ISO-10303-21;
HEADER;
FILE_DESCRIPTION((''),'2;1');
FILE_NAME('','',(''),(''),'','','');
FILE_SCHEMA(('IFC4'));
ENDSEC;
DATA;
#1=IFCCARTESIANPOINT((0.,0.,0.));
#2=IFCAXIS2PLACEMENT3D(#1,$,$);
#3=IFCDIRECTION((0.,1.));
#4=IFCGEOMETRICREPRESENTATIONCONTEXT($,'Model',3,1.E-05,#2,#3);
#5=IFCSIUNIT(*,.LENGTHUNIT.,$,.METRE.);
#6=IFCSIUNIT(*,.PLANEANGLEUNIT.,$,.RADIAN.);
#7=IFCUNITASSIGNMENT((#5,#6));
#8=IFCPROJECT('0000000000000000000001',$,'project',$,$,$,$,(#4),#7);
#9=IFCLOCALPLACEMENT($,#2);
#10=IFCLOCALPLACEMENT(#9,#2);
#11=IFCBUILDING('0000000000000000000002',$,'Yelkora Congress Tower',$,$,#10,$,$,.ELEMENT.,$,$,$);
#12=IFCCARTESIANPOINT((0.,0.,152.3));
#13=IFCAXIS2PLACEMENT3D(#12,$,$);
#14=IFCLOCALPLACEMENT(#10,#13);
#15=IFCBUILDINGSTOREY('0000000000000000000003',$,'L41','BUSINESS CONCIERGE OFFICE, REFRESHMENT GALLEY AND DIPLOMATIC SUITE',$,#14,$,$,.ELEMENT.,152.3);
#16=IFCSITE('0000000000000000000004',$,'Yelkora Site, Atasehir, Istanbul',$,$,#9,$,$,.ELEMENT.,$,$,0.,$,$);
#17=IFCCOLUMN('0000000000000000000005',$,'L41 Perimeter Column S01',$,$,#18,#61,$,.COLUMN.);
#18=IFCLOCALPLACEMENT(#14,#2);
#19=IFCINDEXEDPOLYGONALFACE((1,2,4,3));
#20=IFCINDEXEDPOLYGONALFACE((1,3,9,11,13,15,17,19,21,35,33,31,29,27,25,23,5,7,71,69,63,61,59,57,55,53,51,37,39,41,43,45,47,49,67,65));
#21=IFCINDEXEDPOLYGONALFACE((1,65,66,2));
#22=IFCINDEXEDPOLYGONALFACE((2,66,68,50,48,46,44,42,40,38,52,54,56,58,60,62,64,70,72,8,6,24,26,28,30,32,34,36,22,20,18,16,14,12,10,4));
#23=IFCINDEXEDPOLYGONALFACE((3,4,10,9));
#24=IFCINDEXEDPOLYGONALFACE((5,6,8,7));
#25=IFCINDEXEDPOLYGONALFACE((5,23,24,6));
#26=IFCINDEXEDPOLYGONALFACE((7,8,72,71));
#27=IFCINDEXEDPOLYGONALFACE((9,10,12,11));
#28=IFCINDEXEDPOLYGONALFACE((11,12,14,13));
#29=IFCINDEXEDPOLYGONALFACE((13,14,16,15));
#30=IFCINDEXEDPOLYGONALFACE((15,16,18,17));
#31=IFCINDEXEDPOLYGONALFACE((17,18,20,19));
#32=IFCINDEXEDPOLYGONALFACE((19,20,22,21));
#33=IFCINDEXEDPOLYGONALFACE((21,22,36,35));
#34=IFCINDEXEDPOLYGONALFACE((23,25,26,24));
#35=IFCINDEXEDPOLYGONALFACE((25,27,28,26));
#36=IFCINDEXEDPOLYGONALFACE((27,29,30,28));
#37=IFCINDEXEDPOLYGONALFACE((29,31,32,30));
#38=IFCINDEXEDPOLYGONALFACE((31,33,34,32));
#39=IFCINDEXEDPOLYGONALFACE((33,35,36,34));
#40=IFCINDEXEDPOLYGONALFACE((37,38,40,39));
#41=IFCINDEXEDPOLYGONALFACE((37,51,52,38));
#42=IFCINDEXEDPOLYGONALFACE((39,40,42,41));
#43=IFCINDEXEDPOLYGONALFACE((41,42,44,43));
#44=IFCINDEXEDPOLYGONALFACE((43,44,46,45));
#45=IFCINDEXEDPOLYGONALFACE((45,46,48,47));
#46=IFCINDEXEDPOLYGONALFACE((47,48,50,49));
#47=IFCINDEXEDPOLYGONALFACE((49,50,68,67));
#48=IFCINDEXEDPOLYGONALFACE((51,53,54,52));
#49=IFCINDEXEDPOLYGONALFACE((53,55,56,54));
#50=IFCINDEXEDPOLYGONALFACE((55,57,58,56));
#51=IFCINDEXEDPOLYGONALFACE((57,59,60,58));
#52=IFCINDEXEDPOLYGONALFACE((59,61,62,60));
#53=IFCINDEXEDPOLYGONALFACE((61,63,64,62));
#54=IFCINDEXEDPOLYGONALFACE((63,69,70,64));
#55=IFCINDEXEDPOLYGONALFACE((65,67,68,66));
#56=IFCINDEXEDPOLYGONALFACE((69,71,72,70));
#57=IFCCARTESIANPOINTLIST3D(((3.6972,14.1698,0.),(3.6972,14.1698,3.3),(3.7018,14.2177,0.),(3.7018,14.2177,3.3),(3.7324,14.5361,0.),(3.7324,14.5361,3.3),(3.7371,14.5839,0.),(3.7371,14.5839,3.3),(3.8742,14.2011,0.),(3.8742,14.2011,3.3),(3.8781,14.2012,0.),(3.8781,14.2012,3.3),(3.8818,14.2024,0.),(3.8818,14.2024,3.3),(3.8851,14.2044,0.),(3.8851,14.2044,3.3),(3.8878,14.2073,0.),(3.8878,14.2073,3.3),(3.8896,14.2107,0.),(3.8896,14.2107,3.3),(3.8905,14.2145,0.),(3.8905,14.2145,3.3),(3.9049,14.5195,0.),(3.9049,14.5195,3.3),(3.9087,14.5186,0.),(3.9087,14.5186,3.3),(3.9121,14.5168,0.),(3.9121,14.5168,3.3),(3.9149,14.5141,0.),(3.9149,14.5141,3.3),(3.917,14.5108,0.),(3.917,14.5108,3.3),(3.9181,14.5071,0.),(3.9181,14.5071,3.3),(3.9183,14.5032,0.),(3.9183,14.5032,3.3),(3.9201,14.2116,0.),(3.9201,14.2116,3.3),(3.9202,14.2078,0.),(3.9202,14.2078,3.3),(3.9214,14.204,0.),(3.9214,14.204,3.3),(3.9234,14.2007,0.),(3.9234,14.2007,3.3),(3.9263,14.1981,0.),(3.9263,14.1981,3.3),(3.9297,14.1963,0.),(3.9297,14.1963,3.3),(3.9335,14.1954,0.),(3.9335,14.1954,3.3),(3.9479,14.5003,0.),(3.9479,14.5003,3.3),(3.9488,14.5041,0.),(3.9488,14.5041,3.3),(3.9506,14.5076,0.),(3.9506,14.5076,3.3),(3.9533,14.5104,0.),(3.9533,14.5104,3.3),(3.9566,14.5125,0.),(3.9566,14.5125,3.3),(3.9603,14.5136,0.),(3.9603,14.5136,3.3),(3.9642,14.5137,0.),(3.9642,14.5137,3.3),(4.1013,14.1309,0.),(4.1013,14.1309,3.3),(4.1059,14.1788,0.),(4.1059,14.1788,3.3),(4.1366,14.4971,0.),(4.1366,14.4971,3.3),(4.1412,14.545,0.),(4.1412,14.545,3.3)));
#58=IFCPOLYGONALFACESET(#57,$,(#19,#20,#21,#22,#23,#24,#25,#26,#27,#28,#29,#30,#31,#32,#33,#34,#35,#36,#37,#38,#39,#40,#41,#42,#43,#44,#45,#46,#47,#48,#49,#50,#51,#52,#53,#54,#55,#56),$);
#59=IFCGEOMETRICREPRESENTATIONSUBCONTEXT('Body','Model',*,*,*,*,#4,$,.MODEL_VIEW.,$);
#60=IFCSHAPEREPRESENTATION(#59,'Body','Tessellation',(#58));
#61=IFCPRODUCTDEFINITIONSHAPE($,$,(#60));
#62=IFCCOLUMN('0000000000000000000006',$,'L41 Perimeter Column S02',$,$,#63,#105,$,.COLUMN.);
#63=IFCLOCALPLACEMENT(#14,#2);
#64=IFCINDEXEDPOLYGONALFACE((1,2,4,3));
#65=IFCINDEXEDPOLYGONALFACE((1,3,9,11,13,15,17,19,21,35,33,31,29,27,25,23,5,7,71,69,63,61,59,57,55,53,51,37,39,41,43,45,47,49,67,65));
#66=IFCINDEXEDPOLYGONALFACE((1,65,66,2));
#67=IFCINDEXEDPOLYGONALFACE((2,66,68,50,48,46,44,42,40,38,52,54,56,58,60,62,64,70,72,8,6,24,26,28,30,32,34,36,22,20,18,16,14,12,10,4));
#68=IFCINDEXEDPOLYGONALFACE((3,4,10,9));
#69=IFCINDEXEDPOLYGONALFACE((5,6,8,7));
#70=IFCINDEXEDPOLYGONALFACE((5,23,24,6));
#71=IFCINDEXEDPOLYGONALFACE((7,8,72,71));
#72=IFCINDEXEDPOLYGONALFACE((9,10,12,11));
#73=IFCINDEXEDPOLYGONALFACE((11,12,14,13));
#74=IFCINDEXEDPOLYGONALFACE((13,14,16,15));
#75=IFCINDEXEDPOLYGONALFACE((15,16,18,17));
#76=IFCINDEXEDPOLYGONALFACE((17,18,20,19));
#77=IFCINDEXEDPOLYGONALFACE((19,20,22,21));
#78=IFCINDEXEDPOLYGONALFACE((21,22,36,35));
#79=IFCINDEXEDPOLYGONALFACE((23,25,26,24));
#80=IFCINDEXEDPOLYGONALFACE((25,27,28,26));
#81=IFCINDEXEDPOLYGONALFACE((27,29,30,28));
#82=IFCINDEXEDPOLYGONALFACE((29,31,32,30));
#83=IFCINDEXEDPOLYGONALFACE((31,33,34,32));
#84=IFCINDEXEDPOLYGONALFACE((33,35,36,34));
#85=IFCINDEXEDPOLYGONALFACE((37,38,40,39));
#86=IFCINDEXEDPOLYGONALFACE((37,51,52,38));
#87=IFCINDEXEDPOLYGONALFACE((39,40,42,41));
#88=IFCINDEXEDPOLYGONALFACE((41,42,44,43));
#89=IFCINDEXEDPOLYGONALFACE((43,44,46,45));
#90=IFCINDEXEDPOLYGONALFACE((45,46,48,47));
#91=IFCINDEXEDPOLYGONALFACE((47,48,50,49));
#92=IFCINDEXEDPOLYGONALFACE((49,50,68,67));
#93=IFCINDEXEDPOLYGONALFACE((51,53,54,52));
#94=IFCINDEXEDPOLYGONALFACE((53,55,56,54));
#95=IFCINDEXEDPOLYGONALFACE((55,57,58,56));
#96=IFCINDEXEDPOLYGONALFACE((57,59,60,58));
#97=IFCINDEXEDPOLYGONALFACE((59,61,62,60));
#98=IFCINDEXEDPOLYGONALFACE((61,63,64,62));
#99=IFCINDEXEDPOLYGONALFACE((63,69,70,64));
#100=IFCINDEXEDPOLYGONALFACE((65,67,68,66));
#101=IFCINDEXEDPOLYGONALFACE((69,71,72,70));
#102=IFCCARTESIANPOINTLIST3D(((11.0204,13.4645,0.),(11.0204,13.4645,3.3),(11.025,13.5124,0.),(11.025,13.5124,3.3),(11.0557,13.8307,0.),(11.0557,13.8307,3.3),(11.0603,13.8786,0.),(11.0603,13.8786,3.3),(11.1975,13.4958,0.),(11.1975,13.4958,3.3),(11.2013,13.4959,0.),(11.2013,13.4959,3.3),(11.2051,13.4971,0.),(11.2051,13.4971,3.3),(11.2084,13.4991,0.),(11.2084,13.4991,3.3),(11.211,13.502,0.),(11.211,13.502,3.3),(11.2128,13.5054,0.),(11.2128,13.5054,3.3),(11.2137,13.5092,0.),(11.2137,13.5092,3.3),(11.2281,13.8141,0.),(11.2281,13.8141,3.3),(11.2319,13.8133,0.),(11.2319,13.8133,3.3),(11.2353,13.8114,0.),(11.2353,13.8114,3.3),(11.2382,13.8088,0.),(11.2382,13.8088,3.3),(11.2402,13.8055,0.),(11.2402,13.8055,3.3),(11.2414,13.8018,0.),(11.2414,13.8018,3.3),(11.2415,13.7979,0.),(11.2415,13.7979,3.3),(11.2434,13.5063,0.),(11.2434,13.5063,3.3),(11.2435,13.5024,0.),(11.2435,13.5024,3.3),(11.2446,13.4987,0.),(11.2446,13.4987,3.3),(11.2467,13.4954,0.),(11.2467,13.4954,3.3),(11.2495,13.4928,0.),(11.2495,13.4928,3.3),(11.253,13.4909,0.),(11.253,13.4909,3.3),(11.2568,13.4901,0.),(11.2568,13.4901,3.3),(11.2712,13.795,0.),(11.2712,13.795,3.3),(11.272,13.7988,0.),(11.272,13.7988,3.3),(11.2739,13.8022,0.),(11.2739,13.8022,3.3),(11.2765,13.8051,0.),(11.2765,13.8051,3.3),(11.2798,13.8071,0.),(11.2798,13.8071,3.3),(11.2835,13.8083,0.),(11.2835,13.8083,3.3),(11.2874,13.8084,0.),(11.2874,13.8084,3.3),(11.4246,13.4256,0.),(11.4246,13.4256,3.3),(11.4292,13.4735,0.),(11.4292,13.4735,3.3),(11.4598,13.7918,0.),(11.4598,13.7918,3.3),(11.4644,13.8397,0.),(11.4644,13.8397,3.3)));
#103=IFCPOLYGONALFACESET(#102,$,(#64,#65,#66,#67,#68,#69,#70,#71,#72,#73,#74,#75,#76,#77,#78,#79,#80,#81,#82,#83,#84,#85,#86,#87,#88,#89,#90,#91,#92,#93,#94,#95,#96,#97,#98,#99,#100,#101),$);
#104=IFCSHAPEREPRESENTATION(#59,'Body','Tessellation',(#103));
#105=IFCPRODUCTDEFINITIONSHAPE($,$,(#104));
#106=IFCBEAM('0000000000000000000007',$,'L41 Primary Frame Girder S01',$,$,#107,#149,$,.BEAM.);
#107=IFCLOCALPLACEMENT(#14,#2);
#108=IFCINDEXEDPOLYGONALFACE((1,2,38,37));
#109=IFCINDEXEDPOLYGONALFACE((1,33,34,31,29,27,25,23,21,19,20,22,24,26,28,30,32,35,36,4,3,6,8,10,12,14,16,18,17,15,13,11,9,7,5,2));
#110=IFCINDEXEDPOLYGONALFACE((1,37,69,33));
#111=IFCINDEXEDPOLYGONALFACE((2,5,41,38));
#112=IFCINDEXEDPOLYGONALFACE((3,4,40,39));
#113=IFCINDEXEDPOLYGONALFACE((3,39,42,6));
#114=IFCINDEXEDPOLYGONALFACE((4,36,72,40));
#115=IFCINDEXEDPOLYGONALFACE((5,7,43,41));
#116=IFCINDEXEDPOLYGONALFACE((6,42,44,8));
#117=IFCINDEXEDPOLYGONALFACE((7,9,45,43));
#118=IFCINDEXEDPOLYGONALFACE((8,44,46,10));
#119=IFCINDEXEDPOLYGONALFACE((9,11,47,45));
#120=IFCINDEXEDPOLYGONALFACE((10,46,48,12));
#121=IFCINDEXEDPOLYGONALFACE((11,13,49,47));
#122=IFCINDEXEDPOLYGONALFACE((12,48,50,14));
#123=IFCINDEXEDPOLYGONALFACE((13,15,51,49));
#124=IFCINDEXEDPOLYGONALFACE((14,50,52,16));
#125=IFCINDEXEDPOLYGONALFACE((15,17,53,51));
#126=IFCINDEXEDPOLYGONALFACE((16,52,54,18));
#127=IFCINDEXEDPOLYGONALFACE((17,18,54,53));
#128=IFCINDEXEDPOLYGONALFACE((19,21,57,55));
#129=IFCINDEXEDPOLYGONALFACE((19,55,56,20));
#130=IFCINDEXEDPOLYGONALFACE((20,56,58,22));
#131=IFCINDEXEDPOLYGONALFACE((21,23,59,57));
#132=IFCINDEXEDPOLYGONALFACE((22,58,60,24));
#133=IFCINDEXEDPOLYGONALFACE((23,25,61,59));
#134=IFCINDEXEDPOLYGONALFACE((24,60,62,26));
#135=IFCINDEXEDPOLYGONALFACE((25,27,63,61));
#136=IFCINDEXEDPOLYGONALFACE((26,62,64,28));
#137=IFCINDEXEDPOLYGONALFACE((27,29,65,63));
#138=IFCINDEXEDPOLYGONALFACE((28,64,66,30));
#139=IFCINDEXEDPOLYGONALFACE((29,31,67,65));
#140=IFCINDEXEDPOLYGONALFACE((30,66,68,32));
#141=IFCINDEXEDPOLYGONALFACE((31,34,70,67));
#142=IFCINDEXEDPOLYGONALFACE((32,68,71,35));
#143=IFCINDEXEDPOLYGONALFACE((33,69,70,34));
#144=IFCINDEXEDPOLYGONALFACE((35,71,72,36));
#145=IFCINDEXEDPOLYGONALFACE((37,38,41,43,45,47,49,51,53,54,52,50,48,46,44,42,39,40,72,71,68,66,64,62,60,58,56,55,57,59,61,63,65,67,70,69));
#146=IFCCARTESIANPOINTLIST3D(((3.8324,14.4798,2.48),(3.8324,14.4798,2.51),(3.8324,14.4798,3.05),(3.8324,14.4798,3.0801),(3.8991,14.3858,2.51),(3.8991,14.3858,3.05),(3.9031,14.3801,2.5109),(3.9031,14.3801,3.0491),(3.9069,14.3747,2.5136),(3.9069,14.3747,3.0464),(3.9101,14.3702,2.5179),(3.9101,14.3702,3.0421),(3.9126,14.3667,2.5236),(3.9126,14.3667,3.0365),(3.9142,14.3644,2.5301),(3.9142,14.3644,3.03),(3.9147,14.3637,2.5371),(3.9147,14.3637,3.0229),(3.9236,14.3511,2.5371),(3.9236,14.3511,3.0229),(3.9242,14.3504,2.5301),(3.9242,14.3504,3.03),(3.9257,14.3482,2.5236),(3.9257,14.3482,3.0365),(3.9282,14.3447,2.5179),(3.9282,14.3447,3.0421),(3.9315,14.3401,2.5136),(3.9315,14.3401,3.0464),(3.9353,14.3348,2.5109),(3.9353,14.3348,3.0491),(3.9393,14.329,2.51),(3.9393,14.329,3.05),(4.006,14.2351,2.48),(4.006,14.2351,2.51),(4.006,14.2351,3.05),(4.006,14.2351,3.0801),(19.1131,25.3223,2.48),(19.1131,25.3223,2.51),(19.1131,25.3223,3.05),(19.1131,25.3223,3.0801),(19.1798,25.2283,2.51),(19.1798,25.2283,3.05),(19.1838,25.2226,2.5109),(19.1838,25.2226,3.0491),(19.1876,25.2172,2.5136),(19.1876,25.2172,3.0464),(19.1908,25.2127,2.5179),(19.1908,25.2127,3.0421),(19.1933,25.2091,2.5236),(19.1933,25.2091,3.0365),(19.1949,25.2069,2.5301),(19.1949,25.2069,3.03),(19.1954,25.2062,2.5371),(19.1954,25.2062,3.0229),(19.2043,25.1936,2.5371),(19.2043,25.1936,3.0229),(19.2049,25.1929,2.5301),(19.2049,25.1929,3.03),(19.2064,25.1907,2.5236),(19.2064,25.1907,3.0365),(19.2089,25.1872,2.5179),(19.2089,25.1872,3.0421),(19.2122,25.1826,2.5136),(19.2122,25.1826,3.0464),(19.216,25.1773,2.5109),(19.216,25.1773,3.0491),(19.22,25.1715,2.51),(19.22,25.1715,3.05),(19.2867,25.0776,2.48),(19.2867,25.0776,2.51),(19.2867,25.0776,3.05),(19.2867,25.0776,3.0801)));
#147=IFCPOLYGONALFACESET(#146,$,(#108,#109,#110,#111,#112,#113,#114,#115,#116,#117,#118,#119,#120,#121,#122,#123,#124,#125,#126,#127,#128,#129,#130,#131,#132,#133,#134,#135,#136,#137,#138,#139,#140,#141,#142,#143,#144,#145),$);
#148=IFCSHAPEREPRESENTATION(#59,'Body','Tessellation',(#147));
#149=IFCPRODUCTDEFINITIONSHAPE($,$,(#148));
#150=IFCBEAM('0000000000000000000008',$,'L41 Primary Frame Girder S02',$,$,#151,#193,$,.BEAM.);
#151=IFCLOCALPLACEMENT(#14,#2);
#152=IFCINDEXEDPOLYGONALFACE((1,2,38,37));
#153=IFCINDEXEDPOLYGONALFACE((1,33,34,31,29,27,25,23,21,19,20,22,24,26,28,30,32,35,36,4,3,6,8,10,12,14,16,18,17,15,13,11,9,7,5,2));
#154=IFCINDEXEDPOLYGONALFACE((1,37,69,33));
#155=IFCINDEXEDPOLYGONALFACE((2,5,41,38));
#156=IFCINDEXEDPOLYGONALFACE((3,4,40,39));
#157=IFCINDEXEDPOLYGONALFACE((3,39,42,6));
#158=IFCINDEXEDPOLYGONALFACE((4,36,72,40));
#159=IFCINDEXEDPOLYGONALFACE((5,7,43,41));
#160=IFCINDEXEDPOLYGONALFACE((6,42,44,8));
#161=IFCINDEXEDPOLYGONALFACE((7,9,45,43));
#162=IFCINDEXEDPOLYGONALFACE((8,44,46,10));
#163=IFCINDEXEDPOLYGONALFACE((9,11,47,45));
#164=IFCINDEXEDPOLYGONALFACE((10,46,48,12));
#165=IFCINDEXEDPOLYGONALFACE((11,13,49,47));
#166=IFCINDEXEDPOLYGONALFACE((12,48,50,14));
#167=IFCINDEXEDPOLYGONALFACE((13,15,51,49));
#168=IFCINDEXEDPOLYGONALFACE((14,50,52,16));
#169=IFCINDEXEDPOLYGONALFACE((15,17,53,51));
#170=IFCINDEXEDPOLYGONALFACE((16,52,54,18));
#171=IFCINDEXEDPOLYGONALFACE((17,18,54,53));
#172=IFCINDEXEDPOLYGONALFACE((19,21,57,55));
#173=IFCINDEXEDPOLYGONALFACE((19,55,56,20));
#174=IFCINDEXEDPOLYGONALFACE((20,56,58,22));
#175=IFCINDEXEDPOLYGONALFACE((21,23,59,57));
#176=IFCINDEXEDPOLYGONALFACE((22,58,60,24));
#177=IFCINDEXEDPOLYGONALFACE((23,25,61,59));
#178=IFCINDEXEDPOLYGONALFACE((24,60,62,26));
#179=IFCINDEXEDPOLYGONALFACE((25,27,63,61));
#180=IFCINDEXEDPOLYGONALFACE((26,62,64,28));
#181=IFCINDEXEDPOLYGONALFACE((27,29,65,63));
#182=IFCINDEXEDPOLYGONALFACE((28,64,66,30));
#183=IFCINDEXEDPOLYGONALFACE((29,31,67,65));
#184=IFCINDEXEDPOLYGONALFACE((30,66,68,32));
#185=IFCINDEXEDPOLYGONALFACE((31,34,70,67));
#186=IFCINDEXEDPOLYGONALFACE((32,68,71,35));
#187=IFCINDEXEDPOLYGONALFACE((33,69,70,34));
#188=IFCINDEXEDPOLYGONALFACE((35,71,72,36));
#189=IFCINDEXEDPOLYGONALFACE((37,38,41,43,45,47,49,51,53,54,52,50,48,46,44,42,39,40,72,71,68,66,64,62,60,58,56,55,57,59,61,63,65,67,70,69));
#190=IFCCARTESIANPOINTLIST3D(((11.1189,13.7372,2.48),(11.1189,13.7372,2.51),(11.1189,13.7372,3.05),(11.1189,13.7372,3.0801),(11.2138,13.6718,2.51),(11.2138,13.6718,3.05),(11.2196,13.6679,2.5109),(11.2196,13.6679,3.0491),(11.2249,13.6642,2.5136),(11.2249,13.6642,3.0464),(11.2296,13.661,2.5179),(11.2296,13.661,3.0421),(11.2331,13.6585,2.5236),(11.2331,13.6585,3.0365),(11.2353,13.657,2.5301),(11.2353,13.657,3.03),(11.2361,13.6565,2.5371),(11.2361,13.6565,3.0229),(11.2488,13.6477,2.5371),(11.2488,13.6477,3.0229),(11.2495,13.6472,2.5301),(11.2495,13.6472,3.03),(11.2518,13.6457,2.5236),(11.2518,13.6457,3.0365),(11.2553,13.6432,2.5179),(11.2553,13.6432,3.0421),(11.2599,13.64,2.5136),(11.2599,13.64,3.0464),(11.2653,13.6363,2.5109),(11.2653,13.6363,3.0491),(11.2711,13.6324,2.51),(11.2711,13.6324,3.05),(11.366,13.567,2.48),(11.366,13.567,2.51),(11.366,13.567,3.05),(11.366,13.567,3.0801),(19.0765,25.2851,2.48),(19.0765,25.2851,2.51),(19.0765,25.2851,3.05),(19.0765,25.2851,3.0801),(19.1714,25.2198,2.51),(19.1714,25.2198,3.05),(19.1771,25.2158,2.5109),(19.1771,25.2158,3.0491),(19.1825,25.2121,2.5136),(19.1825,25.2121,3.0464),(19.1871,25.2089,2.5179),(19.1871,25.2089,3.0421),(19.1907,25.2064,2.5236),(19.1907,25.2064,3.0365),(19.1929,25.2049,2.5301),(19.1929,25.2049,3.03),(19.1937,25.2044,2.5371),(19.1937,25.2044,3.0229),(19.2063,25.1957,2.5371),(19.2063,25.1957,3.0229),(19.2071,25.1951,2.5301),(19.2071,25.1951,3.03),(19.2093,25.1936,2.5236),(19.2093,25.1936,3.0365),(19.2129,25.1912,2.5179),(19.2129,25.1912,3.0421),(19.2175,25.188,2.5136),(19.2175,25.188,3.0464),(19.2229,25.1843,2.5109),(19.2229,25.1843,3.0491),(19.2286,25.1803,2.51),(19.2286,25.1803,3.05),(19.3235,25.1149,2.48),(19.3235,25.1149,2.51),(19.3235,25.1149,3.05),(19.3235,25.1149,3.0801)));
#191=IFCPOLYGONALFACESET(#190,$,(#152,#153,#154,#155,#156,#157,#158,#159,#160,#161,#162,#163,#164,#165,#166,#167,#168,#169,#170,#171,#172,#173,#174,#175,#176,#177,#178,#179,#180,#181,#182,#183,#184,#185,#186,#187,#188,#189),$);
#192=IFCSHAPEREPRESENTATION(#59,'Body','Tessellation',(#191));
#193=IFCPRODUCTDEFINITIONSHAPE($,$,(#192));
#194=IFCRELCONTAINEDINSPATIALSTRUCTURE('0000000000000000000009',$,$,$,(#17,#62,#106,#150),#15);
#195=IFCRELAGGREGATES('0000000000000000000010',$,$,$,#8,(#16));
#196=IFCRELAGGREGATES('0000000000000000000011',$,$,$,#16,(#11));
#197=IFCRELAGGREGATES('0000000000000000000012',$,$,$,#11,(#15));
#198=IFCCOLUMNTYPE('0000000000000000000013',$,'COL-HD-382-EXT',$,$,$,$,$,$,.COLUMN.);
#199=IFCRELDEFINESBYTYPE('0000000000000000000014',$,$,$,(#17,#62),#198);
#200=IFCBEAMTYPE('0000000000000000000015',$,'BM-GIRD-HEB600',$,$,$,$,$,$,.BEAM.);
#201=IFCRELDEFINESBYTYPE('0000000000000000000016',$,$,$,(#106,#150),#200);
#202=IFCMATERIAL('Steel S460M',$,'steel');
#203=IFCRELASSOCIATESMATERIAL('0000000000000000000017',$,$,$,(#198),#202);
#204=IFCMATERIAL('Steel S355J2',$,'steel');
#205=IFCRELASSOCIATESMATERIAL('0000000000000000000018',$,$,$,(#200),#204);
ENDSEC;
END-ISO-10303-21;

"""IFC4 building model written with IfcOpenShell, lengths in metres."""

from ifc_helpers import new_model, si_unit, direction, frame, origin, origin_2d, place, context, subcontext, project, spatial, i_section, extrude, material, material_profile, profile_set, type_object, element, save


model = new_model("IFC4")

# Units and contexts
model_context = context("Model", 3, precision=1e-05, world=origin(), true_north=direction((0.0, 1.0)))
body_context = subcontext(model_context, "Body", "Model", "MODEL_VIEW")
ifc_project = project(units=[si_unit("LENGTHUNIT", "METRE"), si_unit("PLANEANGLEUNIT", "RADIAN")], contexts=[model_context])

# Site, building, storey
site_placement = place(None, origin())
site = spatial("IfcSite", under=ifc_project, at=site_placement, Name="Yelkora Site, Atasehir, Istanbul", CompositionType="ELEMENT", RefElevation=0.0)
building_placement = place(site_placement, origin())
building = spatial("IfcBuilding", under=site, at=building_placement, Name="Yelkora Congress Tower", CompositionType="ELEMENT")
storey_placement = place(building_placement, frame((0.0, 0.0, 152.3)))
storey = spatial("IfcBuildingStorey", under=building, at=storey_placement, Name="L41", Description="BUSINESS CONCIERGE OFFICE, REFRESHMENT GALLEY AND DIPLOMATIC SUITE", CompositionType="ELEMENT", Elevation=152.3)

# Columns
ifc_material_1 = material(Name="Steel S460M", Category="steel")
ifc_material_profile_1 = material_profile(ifc_material_1, i_section(OverallWidth=0.406, OverallDepth=0.416, WebThickness=0.0298, FlangeThickness=0.0481, FilletRadius=0.0149, at=origin_2d()), Name="HD 400x382")
ifc_profile_set_1 = profile_set([ifc_material_profile_1], Name="Steel S460M")
column_type = type_object("IfcColumnType", Name="COL-HD-382-EXT", PredefinedType="COLUMN", material=ifc_profile_set_1)
for number, where, z_axis, x_axis, name in (
    (1, (3.9192, 14.3574, 0.0), (0.0, 0.0, 1.0), (0.995396, -0.095846, 0.0), "L41 Perimeter Column S01"),
    (2, (11.2424, 13.6521, 0.0), (0.0, 0.0, 1.0), (0.995396, -0.095846, 0.0), "L41 Perimeter Column S02"),
):
    element("IfcColumn", number, at=place(storey_placement, frame(where, z_axis=z_axis, x_axis=x_axis)), inside=storey, type_object=column_type, Name=name, PredefinedType="COLUMN", context=body_context, shape_type="SweptSolid", body=[
        extrude(i_section(OverallWidth=0.406, OverallDepth=0.416, WebThickness=0.0298, FlangeThickness=0.0481, FilletRadius=0.0149, at=origin_2d()), origin(), (0.0, 0.0, 1.0), 3.3),
    ])

# Beams
ifc_material_2 = material(Name="Steel S355J2", Category="steel")
ifc_material_profile_2 = material_profile(ifc_material_2, i_section(OverallWidth=0.3, OverallDepth=0.6001, WebThickness=0.0154, FlangeThickness=0.03, FilletRadius=0.0271, at=origin_2d()), Name="HEB 600")
ifc_profile_set_2 = profile_set([ifc_material_profile_2], Name="Steel S355J2")
beam_type_1 = type_object("IfcBeamType", Name="BM-GIRD-HEB600", PredefinedType="BEAM", material=ifc_profile_set_2)
beam_1_placement = place(storey_placement, frame((3.9192, 14.3574, 2.78), z_axis=(0.815555, 0.57868, 0.0), x_axis=(-0.57868, 0.815555, 0.0)))
element("IfcBeam", 3, at=beam_1_placement, inside=storey, type_object=beam_type_1, Name="L41 Primary Frame Girder S01", PredefinedType="BEAM", context=body_context, shape_type="SweptSolid", body=[
    extrude(i_section(OverallWidth=0.3, OverallDepth=0.6001, WebThickness=0.0154, FlangeThickness=0.03, FilletRadius=0.0271, at=origin_2d()), origin(), (0.0, 0.0, 1.0), 18.7366),
])
beam_2_placement = place(storey_placement, frame((11.2424, 13.6521, 2.78), z_axis=(0.567418, 0.82343, 0.0), x_axis=(-0.82343, 0.567418, 0.0)))
element("IfcBeam", 4, at=beam_2_placement, inside=storey, type_object=beam_type_1, Name="L41 Primary Frame Girder S02", PredefinedType="BEAM", context=body_context, shape_type="SweptSolid", body=[
    extrude(i_section(OverallWidth=0.3, OverallDepth=0.6001, WebThickness=0.0154, FlangeThickness=0.03, FilletRadius=0.0271, at=origin_2d()), origin(), (0.0, 0.0, 1.0), 14.0242),
])

save(model, "model.ifc")
